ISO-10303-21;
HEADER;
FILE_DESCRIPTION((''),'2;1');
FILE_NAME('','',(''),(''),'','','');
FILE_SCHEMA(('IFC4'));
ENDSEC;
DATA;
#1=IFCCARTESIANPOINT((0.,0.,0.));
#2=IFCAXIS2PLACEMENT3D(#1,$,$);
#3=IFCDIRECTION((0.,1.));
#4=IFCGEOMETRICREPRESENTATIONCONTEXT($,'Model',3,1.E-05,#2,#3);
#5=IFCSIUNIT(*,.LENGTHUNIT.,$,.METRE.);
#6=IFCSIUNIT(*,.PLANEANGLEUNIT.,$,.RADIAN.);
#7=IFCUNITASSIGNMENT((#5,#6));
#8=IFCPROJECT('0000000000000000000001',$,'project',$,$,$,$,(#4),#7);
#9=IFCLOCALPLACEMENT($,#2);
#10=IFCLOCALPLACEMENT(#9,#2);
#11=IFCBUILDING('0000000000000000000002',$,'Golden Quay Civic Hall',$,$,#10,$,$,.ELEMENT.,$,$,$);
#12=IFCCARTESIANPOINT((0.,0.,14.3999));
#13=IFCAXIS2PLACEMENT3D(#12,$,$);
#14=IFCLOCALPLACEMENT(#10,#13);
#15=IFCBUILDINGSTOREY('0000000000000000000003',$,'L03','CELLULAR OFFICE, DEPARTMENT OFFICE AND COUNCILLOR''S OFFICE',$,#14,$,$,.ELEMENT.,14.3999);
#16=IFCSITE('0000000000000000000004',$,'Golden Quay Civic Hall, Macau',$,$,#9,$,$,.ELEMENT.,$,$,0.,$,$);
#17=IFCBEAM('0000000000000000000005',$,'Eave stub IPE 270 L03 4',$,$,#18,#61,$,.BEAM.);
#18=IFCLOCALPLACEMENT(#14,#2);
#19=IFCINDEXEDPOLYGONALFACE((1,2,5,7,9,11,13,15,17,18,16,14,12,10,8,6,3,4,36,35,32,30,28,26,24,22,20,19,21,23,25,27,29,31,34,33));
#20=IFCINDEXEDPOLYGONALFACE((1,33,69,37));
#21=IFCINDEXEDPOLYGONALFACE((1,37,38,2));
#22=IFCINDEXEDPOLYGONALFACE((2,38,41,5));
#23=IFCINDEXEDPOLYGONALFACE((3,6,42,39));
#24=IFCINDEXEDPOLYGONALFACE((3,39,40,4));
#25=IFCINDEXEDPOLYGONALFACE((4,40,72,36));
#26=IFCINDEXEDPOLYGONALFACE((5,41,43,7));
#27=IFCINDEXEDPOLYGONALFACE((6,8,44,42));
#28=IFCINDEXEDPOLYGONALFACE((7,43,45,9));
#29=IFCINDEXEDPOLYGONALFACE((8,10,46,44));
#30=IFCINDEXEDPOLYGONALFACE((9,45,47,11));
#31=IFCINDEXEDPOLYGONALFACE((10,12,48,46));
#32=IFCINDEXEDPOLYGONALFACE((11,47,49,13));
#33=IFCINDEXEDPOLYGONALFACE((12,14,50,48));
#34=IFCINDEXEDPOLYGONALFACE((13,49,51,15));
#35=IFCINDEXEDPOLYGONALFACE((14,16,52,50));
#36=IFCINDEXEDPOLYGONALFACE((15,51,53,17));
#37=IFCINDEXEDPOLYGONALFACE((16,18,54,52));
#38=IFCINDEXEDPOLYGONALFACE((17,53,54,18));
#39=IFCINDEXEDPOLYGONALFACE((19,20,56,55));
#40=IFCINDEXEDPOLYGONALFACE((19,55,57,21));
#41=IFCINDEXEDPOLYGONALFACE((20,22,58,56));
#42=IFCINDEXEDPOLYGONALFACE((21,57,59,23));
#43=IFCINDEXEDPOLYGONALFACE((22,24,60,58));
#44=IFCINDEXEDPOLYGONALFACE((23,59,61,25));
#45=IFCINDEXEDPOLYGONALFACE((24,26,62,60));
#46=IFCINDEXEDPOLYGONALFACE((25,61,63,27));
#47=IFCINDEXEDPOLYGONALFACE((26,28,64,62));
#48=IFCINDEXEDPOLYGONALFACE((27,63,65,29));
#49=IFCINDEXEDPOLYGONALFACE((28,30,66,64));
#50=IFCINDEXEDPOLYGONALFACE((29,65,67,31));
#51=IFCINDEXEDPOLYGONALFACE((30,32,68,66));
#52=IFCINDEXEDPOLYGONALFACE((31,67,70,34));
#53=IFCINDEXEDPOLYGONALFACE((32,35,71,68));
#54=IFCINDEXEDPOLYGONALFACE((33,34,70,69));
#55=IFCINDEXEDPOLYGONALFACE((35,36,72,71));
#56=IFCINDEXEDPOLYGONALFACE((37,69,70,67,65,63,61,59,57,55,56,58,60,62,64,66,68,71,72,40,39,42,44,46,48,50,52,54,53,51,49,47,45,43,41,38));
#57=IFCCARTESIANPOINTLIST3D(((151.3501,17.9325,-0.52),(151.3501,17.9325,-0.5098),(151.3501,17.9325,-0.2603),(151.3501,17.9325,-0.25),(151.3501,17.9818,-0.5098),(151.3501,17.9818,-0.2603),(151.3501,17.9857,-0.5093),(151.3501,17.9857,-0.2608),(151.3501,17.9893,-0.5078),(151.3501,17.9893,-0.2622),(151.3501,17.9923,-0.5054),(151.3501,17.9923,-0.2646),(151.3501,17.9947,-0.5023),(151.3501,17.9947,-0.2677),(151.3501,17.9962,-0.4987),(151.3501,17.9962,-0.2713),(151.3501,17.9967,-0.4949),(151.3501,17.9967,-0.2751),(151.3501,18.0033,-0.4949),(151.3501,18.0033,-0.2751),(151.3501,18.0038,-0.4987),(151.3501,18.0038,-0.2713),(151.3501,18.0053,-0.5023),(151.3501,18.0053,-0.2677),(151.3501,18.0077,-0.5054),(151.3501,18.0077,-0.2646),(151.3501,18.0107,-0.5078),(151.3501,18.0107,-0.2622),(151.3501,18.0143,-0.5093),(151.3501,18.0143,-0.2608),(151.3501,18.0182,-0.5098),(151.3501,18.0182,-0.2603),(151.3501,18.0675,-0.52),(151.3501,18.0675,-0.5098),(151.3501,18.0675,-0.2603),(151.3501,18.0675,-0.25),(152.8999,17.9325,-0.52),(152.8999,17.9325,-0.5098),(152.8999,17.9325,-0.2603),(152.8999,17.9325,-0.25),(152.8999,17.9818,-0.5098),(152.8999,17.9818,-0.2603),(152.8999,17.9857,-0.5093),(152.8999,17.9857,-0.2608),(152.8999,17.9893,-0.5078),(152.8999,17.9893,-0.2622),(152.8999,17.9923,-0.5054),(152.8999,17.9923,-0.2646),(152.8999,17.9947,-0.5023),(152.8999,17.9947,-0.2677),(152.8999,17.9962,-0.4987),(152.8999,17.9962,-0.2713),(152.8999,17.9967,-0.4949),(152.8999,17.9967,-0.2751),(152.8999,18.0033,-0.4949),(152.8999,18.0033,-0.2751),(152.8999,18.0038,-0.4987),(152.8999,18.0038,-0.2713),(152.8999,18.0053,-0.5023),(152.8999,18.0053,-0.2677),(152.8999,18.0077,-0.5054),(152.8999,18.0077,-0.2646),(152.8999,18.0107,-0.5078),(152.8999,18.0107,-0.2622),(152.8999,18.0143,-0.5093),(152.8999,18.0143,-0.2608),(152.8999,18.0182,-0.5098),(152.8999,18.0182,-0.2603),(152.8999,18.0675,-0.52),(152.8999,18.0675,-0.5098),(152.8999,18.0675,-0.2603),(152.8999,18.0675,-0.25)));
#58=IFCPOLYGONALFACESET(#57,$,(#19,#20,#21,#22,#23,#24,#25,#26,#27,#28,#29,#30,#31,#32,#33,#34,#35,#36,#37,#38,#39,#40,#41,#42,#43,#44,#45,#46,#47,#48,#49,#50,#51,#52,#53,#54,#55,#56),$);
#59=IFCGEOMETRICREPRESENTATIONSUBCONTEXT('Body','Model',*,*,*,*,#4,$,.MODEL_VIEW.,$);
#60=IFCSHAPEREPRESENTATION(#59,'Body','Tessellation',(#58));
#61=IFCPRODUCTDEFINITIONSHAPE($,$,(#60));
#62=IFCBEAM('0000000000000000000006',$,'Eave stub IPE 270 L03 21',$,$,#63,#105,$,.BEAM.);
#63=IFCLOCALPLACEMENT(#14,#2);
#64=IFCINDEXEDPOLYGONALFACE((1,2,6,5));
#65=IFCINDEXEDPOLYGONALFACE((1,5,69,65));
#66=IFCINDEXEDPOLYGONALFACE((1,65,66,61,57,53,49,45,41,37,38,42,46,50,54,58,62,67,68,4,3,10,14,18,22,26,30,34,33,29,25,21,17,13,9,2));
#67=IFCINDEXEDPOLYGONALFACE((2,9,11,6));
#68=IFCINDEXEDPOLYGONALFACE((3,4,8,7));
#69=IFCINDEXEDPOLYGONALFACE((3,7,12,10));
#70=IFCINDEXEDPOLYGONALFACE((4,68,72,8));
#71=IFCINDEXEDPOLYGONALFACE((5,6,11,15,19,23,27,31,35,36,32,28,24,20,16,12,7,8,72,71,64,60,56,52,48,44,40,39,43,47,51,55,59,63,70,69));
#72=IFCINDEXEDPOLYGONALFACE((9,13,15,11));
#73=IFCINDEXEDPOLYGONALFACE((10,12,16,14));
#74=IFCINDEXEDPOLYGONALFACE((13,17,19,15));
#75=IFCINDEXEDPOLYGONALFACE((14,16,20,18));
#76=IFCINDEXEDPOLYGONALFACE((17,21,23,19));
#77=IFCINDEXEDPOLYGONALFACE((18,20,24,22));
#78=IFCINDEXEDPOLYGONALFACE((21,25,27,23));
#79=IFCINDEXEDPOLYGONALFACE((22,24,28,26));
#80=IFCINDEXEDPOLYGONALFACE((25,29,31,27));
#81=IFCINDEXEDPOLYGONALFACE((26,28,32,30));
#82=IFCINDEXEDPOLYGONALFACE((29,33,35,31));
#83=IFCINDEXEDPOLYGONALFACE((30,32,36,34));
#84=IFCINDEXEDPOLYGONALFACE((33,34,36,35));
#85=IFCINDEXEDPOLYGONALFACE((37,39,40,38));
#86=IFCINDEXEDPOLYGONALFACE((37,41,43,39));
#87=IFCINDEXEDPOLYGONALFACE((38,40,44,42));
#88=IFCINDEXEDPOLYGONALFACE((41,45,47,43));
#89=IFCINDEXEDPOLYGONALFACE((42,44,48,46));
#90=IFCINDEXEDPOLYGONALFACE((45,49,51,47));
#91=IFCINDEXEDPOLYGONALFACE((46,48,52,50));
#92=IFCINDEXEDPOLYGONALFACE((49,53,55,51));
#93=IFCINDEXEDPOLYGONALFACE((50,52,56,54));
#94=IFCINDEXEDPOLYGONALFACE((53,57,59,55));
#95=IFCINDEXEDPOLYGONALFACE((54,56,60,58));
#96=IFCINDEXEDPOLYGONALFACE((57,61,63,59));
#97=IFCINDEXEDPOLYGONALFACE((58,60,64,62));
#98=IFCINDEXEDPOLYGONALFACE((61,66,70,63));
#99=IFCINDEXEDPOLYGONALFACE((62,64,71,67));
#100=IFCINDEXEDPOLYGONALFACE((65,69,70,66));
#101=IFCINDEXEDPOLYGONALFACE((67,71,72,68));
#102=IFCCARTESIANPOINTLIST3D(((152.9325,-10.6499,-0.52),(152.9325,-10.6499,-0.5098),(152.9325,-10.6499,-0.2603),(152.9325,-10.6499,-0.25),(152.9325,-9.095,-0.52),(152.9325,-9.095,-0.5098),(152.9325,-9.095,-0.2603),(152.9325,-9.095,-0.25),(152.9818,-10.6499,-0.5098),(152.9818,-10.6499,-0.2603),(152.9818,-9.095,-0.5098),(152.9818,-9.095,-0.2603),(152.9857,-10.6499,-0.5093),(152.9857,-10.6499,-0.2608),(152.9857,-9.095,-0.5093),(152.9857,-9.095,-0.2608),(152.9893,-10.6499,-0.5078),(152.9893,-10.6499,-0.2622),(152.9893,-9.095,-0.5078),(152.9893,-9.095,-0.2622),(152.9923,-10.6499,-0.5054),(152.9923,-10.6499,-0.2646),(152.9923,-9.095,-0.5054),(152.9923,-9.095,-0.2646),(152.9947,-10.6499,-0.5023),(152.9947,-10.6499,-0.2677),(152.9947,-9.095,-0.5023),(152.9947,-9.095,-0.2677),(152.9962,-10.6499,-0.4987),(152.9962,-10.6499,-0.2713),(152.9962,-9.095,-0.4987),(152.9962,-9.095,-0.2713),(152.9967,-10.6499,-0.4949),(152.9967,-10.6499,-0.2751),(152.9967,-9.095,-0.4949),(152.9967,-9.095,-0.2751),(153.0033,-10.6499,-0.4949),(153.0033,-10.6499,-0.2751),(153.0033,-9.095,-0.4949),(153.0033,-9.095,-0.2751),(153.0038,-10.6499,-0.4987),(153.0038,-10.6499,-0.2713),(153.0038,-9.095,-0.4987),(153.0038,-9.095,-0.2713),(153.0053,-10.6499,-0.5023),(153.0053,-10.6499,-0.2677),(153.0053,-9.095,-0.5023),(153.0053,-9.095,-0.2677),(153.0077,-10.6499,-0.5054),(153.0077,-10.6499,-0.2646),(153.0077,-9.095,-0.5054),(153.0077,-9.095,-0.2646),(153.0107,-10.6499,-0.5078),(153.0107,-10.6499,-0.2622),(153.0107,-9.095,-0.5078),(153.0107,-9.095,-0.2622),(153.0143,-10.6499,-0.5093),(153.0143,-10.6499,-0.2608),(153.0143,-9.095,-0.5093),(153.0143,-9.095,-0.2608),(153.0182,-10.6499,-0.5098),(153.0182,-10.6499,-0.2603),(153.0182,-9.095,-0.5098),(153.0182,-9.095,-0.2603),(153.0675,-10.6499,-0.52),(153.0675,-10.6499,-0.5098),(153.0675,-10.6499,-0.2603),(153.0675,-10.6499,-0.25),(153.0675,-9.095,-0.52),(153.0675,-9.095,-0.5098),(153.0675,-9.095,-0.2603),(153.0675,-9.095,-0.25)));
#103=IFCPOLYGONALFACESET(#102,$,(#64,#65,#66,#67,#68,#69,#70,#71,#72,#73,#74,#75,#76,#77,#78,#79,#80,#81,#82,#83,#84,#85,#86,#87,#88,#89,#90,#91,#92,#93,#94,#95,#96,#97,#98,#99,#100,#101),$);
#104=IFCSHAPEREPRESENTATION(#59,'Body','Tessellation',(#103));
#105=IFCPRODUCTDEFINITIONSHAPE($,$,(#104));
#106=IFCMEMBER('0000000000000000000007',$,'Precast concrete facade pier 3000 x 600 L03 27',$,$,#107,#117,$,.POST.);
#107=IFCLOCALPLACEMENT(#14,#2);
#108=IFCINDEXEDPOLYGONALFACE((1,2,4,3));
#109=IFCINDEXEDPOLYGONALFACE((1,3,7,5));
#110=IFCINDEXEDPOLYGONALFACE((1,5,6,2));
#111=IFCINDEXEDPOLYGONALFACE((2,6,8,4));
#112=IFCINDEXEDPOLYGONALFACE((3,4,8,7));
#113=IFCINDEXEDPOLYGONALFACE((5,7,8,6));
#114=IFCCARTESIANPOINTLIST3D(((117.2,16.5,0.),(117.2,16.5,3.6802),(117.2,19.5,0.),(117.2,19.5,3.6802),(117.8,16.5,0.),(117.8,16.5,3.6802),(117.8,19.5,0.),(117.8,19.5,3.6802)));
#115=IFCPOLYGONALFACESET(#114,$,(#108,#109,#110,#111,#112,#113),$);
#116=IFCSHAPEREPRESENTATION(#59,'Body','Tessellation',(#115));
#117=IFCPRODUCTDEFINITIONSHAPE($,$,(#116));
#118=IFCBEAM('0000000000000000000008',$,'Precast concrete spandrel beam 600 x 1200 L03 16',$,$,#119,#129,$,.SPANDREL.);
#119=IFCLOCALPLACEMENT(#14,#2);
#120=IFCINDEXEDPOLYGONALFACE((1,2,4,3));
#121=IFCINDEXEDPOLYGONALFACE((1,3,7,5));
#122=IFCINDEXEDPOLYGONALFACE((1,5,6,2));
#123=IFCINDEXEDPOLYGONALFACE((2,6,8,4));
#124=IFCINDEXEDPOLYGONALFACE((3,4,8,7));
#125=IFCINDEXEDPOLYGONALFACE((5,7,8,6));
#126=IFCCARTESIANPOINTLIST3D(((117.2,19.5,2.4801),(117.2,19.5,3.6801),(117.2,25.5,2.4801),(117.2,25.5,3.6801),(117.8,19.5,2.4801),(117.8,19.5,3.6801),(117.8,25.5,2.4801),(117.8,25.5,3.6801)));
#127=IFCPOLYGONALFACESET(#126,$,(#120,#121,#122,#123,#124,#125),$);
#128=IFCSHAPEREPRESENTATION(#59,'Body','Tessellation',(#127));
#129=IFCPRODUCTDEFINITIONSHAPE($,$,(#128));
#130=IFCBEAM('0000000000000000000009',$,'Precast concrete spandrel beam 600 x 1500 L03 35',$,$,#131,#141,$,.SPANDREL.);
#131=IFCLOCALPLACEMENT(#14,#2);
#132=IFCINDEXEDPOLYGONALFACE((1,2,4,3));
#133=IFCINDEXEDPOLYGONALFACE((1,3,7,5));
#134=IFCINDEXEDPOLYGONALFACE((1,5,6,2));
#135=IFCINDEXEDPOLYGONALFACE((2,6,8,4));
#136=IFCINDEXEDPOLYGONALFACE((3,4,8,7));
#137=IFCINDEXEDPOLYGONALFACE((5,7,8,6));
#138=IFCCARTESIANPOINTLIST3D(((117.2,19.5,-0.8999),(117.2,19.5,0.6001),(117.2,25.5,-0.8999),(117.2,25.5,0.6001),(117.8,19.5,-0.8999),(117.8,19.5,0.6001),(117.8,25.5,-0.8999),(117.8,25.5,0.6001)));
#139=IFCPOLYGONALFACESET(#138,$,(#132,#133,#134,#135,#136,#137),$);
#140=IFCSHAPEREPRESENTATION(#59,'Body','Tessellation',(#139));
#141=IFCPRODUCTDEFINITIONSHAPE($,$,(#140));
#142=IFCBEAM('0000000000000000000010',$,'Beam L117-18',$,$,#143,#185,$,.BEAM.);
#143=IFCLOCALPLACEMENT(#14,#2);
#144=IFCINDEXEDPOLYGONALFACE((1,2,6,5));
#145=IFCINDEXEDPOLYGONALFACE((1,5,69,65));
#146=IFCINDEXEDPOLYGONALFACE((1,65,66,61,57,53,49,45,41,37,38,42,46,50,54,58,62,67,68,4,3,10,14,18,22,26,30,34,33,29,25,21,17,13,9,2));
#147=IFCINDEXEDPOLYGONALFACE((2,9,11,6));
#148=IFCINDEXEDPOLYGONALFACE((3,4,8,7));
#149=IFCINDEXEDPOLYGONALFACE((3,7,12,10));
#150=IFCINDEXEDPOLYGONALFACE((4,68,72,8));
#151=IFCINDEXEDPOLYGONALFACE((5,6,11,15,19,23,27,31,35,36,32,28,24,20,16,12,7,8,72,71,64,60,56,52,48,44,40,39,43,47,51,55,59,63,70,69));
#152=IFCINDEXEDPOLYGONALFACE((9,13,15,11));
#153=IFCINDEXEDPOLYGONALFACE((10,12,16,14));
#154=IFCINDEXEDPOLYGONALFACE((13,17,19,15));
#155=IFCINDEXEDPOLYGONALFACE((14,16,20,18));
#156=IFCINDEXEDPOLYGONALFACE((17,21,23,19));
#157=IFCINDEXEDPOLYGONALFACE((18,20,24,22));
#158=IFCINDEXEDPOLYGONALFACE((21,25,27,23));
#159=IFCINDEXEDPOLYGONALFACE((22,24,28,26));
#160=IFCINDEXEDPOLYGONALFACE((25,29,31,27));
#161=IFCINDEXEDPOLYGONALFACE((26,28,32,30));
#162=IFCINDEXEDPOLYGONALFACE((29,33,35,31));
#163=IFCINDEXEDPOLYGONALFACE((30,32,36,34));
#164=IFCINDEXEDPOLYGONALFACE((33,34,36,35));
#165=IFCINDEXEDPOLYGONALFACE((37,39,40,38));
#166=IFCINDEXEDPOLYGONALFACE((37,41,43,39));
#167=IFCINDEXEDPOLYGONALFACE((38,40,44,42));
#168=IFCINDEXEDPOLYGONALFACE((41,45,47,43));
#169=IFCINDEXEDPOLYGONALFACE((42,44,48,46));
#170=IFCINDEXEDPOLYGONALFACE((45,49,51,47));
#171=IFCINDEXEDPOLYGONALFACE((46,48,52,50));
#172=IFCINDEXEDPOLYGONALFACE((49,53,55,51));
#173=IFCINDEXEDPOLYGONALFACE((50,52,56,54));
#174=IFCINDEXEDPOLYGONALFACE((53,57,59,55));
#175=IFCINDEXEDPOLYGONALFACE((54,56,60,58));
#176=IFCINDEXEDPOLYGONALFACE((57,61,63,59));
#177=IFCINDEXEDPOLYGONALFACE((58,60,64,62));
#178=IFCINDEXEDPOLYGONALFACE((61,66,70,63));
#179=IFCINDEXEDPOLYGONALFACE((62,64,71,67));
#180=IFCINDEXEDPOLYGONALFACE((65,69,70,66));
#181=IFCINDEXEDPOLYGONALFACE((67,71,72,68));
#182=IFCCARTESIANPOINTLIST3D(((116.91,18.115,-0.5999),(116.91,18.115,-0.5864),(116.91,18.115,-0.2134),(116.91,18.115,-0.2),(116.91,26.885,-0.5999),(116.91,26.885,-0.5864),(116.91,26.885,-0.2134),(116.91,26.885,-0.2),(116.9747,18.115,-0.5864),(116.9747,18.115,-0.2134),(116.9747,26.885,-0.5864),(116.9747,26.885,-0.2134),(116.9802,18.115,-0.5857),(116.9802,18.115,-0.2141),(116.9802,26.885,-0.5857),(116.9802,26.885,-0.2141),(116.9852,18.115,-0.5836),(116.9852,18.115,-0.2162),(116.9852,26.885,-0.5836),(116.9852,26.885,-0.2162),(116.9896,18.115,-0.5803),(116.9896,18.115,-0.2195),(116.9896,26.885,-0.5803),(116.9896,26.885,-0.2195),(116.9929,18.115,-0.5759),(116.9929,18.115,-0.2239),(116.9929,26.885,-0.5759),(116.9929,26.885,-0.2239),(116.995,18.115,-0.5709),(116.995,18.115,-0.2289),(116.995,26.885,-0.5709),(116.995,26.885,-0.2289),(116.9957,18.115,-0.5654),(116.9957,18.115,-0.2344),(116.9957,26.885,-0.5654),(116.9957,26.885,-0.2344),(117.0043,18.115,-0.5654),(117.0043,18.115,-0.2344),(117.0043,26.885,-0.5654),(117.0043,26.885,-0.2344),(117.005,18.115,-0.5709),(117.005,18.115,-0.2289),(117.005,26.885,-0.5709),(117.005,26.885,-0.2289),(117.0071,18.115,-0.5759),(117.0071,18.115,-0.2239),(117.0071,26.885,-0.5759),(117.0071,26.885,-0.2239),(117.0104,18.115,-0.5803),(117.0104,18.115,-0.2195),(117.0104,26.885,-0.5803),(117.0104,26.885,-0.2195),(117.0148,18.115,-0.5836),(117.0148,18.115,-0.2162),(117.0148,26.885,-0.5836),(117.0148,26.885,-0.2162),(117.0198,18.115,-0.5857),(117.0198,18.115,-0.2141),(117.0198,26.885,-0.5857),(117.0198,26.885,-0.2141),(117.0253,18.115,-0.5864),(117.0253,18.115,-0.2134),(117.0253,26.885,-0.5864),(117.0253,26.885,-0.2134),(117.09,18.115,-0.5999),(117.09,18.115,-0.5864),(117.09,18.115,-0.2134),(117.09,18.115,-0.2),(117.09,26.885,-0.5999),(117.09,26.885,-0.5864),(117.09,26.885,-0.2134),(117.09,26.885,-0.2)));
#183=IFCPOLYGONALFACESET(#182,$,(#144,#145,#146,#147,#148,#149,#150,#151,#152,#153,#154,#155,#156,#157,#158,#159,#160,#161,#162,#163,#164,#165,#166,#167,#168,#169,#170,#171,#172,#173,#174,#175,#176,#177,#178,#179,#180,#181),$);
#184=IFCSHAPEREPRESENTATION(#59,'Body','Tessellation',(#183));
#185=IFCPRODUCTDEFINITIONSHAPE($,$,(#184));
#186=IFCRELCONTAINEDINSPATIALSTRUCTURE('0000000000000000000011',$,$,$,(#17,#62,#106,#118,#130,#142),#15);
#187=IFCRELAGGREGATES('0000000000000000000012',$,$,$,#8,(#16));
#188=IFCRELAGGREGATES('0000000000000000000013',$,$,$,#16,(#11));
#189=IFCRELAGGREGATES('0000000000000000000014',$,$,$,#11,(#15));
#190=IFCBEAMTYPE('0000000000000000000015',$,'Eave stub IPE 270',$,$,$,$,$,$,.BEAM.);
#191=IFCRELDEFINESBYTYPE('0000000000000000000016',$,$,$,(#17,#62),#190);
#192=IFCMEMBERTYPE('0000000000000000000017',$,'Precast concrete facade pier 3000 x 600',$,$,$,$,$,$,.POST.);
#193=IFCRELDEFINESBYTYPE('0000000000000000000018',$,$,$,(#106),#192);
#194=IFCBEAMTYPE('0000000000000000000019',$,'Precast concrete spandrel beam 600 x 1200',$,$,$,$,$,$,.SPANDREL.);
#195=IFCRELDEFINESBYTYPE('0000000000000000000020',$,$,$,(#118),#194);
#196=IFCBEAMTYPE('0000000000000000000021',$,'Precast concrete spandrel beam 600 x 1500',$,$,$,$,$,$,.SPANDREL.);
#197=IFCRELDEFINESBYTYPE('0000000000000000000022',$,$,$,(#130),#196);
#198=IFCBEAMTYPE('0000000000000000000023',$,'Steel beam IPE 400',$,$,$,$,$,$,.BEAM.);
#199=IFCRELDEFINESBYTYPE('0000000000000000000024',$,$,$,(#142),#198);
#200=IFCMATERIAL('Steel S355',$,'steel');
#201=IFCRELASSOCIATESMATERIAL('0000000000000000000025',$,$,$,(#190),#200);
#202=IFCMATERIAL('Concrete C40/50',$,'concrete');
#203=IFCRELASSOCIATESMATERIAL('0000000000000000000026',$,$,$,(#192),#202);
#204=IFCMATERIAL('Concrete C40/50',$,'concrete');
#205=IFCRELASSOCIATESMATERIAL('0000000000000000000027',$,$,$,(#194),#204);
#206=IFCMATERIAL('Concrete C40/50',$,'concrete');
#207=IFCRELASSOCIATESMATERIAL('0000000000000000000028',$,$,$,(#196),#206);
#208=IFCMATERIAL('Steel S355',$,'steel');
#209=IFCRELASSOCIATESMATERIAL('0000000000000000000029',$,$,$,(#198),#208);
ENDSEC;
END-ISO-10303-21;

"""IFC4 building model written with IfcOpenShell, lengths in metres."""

from ifc_helpers import new_model, si_unit, direction, frame, origin, origin_2d, place, context, subcontext, project, spatial, rectangle, i_section, extrude, material, material_profile, profile_set, type_object, element, save


model = new_model("IFC4")

# Units and contexts
model_context = context("Model", 3, precision=1e-05, world=origin(), true_north=direction((0.0, 1.0)))
body_context = subcontext(model_context, "Body", "Model", "MODEL_VIEW")
ifc_project = project(units=[si_unit("LENGTHUNIT", "METRE"), si_unit("PLANEANGLEUNIT", "RADIAN")], contexts=[model_context])

# Site, building, storey
site_placement = place(None, origin())
site = spatial("IfcSite", under=ifc_project, at=site_placement, Name="Golden Quay Civic Hall, Macau", CompositionType="ELEMENT", RefElevation=0.0)
building_placement = place(site_placement, origin())
building = spatial("IfcBuilding", under=site, at=building_placement, Name="Golden Quay Civic Hall", CompositionType="ELEMENT")
storey_placement = place(building_placement, frame((0.0, 0.0, 14.3999)))
storey = spatial("IfcBuildingStorey", under=building, at=storey_placement, Name="L03", Description="CELLULAR OFFICE, DEPARTMENT OFFICE AND COUNCILLOR'S OFFICE", CompositionType="ELEMENT", Elevation=14.3999)

# Beams
ifc_material_1 = material(Name="Steel S355", Category="steel")
ifc_material_profile_1 = material_profile(ifc_material_1, i_section(OverallWidth=0.135, OverallDepth=0.27, WebThickness=0.0066, FlangeThickness=0.0103, FilletRadius=0.0149, at=origin_2d()), Name="IPE 270")
ifc_profile_set_1 = profile_set([ifc_material_profile_1], Name="Steel S355")
beam_type_1 = type_object("IfcBeamType", Name="Eave stub IPE 270", PredefinedType="BEAM", material=ifc_profile_set_1)
for number, where, z_axis, x_axis, name in (
    (1, (152.8999, 18.0, -0.385), (-1.0, 0.0, 0.0), (0.0, -1.0, 0.0), "Eave stub IPE 270 L03 4"),
):
    element("IfcBeam", number, at=place(storey_placement, frame(where, z_axis=z_axis, x_axis=x_axis)), inside=storey, type_object=beam_type_1, Name=name, PredefinedType="BEAM", context=body_context, shape_type="SweptSolid", body=[
        extrude(i_section(OverallWidth=0.135, OverallDepth=0.27, WebThickness=0.0066, FlangeThickness=0.0103, FilletRadius=0.0149, at=origin_2d()), origin(), (0.0, 0.0, 1.0), 1.5498),
    ])
beam_1_placement = place(storey_placement, frame((153.0, -9.095, -0.385), z_axis=(0.0, -1.0, 0.0), x_axis=(1.0, 0.0, 0.0)))
element("IfcBeam", 2, at=beam_1_placement, inside=storey, type_object=beam_type_1, Name="Eave stub IPE 270 L03 21", PredefinedType="BEAM", context=body_context, shape_type="SweptSolid", body=[
    extrude(i_section(OverallWidth=0.135, OverallDepth=0.27, WebThickness=0.0066, FlangeThickness=0.0103, FilletRadius=0.0149, at=origin_2d()), origin(), (0.0, 0.0, 1.0), 1.5549),
])

# Member
ifc_material_2 = material(Name="Concrete C40/50", Category="concrete")
ifc_material_profile_2 = material_profile(ifc_material_2, rectangle(XDim=3.0, YDim=0.6001, at=origin_2d()), Name="RC 3000x600")
ifc_profile_set_2 = profile_set([ifc_material_profile_2], Name="Concrete C40/50")
member_type = type_object("IfcMemberType", Name="Precast concrete facade pier 3000 x 600", PredefinedType="POST", material=ifc_profile_set_2)
member_placement = place(storey_placement, frame((117.5, 18.0, 0.0), z_axis=(0.0, 0.0, 1.0), x_axis=(0.0, 1.0, 0.0)))
element("IfcMember", 3, at=member_placement, inside=storey, type_object=member_type, Name="Precast concrete facade pier 3000 x 600 L03 27", PredefinedType="POST", context=body_context, shape_type="SweptSolid", body=[
    extrude(rectangle(XDim=3.0, YDim=0.6001, at=origin_2d()), origin(), (0.0, 0.0, 1.0), 3.6802),
])

# Beams
ifc_material_3 = material(Name="Concrete C40/50", Category="concrete")
ifc_material_profile_3 = material_profile(ifc_material_3, rectangle(XDim=0.6001, YDim=1.2, at=origin_2d()), Name="RC 600x1200")
ifc_profile_set_3 = profile_set([ifc_material_profile_3], Name="Concrete C40/50")
beam_type_2 = type_object("IfcBeamType", Name="Precast concrete spandrel beam 600 x 1200", PredefinedType="SPANDREL", material=ifc_profile_set_3)
beam_2_placement = place(storey_placement, frame((117.5, 19.5, 3.0801), z_axis=(0.0, 1.0, 0.0), x_axis=(-1.0, 0.0, 0.0)))
element("IfcBeam", 4, at=beam_2_placement, inside=storey, type_object=beam_type_2, Name="Precast concrete spandrel beam 600 x 1200 L03 16", PredefinedType="SPANDREL", context=body_context, shape_type="SweptSolid", body=[
    extrude(rectangle(XDim=0.6001, YDim=1.2, at=origin_2d()), origin(), (0.0, 0.0, 1.0), 6.0),
])
ifc_material_4 = material(Name="Concrete C40/50", Category="concrete")
ifc_material_profile_4 = material_profile(ifc_material_4, rectangle(XDim=0.6001, YDim=1.5, at=origin_2d()), Name="RC 600x1500")
ifc_profile_set_4 = profile_set([ifc_material_profile_4], Name="Concrete C40/50")
beam_type_3 = type_object("IfcBeamType", Name="Precast concrete spandrel beam 600 x 1500", PredefinedType="SPANDREL", material=ifc_profile_set_4)
beam_3_placement = place(storey_placement, frame((117.5, 19.5, -0.1499), z_axis=(0.0, 1.0, 0.0), x_axis=(-1.0, 0.0, 0.0)))
element("IfcBeam", 5, at=beam_3_placement, inside=storey, type_object=beam_type_3, Name="Precast concrete spandrel beam 600 x 1500 L03 35", PredefinedType="SPANDREL", context=body_context, shape_type="SweptSolid", body=[
    extrude(rectangle(XDim=0.6001, YDim=1.5, at=origin_2d()), origin(), (0.0, 0.0, 1.0), 6.0),
])
ifc_material_5 = material(Name="Steel S355", Category="steel")
ifc_material_profile_5 = material_profile(ifc_material_5, i_section(OverallWidth=0.1799, OverallDepth=0.3999, WebThickness=0.0085, FlangeThickness=0.0134, FilletRadius=0.021, at=origin_2d()), Name="IPE 400")
ifc_profile_set_5 = profile_set([ifc_material_profile_5], Name="Steel S355")
beam_type_4 = type_object("IfcBeamType", Name="Steel beam IPE 400", PredefinedType="BEAM", material=ifc_profile_set_5)
beam_4_placement = place(storey_placement, frame((117.0, 18.115, -0.3999), z_axis=(0.0, 1.0, 0.0), x_axis=(-1.0, 0.0, 0.0)))
element("IfcBeam", 6, at=beam_4_placement, inside=storey, type_object=beam_type_4, Name="Beam L117-18", PredefinedType="BEAM", context=body_context, shape_type="SweptSolid", body=[
    extrude(i_section(OverallWidth=0.1799, OverallDepth=0.3999, WebThickness=0.0085, FlangeThickness=0.0134, FilletRadius=0.021, at=origin_2d()), origin(), (0.0, 0.0, 1.0), 8.77),
])

save(model, "model.ifc")
